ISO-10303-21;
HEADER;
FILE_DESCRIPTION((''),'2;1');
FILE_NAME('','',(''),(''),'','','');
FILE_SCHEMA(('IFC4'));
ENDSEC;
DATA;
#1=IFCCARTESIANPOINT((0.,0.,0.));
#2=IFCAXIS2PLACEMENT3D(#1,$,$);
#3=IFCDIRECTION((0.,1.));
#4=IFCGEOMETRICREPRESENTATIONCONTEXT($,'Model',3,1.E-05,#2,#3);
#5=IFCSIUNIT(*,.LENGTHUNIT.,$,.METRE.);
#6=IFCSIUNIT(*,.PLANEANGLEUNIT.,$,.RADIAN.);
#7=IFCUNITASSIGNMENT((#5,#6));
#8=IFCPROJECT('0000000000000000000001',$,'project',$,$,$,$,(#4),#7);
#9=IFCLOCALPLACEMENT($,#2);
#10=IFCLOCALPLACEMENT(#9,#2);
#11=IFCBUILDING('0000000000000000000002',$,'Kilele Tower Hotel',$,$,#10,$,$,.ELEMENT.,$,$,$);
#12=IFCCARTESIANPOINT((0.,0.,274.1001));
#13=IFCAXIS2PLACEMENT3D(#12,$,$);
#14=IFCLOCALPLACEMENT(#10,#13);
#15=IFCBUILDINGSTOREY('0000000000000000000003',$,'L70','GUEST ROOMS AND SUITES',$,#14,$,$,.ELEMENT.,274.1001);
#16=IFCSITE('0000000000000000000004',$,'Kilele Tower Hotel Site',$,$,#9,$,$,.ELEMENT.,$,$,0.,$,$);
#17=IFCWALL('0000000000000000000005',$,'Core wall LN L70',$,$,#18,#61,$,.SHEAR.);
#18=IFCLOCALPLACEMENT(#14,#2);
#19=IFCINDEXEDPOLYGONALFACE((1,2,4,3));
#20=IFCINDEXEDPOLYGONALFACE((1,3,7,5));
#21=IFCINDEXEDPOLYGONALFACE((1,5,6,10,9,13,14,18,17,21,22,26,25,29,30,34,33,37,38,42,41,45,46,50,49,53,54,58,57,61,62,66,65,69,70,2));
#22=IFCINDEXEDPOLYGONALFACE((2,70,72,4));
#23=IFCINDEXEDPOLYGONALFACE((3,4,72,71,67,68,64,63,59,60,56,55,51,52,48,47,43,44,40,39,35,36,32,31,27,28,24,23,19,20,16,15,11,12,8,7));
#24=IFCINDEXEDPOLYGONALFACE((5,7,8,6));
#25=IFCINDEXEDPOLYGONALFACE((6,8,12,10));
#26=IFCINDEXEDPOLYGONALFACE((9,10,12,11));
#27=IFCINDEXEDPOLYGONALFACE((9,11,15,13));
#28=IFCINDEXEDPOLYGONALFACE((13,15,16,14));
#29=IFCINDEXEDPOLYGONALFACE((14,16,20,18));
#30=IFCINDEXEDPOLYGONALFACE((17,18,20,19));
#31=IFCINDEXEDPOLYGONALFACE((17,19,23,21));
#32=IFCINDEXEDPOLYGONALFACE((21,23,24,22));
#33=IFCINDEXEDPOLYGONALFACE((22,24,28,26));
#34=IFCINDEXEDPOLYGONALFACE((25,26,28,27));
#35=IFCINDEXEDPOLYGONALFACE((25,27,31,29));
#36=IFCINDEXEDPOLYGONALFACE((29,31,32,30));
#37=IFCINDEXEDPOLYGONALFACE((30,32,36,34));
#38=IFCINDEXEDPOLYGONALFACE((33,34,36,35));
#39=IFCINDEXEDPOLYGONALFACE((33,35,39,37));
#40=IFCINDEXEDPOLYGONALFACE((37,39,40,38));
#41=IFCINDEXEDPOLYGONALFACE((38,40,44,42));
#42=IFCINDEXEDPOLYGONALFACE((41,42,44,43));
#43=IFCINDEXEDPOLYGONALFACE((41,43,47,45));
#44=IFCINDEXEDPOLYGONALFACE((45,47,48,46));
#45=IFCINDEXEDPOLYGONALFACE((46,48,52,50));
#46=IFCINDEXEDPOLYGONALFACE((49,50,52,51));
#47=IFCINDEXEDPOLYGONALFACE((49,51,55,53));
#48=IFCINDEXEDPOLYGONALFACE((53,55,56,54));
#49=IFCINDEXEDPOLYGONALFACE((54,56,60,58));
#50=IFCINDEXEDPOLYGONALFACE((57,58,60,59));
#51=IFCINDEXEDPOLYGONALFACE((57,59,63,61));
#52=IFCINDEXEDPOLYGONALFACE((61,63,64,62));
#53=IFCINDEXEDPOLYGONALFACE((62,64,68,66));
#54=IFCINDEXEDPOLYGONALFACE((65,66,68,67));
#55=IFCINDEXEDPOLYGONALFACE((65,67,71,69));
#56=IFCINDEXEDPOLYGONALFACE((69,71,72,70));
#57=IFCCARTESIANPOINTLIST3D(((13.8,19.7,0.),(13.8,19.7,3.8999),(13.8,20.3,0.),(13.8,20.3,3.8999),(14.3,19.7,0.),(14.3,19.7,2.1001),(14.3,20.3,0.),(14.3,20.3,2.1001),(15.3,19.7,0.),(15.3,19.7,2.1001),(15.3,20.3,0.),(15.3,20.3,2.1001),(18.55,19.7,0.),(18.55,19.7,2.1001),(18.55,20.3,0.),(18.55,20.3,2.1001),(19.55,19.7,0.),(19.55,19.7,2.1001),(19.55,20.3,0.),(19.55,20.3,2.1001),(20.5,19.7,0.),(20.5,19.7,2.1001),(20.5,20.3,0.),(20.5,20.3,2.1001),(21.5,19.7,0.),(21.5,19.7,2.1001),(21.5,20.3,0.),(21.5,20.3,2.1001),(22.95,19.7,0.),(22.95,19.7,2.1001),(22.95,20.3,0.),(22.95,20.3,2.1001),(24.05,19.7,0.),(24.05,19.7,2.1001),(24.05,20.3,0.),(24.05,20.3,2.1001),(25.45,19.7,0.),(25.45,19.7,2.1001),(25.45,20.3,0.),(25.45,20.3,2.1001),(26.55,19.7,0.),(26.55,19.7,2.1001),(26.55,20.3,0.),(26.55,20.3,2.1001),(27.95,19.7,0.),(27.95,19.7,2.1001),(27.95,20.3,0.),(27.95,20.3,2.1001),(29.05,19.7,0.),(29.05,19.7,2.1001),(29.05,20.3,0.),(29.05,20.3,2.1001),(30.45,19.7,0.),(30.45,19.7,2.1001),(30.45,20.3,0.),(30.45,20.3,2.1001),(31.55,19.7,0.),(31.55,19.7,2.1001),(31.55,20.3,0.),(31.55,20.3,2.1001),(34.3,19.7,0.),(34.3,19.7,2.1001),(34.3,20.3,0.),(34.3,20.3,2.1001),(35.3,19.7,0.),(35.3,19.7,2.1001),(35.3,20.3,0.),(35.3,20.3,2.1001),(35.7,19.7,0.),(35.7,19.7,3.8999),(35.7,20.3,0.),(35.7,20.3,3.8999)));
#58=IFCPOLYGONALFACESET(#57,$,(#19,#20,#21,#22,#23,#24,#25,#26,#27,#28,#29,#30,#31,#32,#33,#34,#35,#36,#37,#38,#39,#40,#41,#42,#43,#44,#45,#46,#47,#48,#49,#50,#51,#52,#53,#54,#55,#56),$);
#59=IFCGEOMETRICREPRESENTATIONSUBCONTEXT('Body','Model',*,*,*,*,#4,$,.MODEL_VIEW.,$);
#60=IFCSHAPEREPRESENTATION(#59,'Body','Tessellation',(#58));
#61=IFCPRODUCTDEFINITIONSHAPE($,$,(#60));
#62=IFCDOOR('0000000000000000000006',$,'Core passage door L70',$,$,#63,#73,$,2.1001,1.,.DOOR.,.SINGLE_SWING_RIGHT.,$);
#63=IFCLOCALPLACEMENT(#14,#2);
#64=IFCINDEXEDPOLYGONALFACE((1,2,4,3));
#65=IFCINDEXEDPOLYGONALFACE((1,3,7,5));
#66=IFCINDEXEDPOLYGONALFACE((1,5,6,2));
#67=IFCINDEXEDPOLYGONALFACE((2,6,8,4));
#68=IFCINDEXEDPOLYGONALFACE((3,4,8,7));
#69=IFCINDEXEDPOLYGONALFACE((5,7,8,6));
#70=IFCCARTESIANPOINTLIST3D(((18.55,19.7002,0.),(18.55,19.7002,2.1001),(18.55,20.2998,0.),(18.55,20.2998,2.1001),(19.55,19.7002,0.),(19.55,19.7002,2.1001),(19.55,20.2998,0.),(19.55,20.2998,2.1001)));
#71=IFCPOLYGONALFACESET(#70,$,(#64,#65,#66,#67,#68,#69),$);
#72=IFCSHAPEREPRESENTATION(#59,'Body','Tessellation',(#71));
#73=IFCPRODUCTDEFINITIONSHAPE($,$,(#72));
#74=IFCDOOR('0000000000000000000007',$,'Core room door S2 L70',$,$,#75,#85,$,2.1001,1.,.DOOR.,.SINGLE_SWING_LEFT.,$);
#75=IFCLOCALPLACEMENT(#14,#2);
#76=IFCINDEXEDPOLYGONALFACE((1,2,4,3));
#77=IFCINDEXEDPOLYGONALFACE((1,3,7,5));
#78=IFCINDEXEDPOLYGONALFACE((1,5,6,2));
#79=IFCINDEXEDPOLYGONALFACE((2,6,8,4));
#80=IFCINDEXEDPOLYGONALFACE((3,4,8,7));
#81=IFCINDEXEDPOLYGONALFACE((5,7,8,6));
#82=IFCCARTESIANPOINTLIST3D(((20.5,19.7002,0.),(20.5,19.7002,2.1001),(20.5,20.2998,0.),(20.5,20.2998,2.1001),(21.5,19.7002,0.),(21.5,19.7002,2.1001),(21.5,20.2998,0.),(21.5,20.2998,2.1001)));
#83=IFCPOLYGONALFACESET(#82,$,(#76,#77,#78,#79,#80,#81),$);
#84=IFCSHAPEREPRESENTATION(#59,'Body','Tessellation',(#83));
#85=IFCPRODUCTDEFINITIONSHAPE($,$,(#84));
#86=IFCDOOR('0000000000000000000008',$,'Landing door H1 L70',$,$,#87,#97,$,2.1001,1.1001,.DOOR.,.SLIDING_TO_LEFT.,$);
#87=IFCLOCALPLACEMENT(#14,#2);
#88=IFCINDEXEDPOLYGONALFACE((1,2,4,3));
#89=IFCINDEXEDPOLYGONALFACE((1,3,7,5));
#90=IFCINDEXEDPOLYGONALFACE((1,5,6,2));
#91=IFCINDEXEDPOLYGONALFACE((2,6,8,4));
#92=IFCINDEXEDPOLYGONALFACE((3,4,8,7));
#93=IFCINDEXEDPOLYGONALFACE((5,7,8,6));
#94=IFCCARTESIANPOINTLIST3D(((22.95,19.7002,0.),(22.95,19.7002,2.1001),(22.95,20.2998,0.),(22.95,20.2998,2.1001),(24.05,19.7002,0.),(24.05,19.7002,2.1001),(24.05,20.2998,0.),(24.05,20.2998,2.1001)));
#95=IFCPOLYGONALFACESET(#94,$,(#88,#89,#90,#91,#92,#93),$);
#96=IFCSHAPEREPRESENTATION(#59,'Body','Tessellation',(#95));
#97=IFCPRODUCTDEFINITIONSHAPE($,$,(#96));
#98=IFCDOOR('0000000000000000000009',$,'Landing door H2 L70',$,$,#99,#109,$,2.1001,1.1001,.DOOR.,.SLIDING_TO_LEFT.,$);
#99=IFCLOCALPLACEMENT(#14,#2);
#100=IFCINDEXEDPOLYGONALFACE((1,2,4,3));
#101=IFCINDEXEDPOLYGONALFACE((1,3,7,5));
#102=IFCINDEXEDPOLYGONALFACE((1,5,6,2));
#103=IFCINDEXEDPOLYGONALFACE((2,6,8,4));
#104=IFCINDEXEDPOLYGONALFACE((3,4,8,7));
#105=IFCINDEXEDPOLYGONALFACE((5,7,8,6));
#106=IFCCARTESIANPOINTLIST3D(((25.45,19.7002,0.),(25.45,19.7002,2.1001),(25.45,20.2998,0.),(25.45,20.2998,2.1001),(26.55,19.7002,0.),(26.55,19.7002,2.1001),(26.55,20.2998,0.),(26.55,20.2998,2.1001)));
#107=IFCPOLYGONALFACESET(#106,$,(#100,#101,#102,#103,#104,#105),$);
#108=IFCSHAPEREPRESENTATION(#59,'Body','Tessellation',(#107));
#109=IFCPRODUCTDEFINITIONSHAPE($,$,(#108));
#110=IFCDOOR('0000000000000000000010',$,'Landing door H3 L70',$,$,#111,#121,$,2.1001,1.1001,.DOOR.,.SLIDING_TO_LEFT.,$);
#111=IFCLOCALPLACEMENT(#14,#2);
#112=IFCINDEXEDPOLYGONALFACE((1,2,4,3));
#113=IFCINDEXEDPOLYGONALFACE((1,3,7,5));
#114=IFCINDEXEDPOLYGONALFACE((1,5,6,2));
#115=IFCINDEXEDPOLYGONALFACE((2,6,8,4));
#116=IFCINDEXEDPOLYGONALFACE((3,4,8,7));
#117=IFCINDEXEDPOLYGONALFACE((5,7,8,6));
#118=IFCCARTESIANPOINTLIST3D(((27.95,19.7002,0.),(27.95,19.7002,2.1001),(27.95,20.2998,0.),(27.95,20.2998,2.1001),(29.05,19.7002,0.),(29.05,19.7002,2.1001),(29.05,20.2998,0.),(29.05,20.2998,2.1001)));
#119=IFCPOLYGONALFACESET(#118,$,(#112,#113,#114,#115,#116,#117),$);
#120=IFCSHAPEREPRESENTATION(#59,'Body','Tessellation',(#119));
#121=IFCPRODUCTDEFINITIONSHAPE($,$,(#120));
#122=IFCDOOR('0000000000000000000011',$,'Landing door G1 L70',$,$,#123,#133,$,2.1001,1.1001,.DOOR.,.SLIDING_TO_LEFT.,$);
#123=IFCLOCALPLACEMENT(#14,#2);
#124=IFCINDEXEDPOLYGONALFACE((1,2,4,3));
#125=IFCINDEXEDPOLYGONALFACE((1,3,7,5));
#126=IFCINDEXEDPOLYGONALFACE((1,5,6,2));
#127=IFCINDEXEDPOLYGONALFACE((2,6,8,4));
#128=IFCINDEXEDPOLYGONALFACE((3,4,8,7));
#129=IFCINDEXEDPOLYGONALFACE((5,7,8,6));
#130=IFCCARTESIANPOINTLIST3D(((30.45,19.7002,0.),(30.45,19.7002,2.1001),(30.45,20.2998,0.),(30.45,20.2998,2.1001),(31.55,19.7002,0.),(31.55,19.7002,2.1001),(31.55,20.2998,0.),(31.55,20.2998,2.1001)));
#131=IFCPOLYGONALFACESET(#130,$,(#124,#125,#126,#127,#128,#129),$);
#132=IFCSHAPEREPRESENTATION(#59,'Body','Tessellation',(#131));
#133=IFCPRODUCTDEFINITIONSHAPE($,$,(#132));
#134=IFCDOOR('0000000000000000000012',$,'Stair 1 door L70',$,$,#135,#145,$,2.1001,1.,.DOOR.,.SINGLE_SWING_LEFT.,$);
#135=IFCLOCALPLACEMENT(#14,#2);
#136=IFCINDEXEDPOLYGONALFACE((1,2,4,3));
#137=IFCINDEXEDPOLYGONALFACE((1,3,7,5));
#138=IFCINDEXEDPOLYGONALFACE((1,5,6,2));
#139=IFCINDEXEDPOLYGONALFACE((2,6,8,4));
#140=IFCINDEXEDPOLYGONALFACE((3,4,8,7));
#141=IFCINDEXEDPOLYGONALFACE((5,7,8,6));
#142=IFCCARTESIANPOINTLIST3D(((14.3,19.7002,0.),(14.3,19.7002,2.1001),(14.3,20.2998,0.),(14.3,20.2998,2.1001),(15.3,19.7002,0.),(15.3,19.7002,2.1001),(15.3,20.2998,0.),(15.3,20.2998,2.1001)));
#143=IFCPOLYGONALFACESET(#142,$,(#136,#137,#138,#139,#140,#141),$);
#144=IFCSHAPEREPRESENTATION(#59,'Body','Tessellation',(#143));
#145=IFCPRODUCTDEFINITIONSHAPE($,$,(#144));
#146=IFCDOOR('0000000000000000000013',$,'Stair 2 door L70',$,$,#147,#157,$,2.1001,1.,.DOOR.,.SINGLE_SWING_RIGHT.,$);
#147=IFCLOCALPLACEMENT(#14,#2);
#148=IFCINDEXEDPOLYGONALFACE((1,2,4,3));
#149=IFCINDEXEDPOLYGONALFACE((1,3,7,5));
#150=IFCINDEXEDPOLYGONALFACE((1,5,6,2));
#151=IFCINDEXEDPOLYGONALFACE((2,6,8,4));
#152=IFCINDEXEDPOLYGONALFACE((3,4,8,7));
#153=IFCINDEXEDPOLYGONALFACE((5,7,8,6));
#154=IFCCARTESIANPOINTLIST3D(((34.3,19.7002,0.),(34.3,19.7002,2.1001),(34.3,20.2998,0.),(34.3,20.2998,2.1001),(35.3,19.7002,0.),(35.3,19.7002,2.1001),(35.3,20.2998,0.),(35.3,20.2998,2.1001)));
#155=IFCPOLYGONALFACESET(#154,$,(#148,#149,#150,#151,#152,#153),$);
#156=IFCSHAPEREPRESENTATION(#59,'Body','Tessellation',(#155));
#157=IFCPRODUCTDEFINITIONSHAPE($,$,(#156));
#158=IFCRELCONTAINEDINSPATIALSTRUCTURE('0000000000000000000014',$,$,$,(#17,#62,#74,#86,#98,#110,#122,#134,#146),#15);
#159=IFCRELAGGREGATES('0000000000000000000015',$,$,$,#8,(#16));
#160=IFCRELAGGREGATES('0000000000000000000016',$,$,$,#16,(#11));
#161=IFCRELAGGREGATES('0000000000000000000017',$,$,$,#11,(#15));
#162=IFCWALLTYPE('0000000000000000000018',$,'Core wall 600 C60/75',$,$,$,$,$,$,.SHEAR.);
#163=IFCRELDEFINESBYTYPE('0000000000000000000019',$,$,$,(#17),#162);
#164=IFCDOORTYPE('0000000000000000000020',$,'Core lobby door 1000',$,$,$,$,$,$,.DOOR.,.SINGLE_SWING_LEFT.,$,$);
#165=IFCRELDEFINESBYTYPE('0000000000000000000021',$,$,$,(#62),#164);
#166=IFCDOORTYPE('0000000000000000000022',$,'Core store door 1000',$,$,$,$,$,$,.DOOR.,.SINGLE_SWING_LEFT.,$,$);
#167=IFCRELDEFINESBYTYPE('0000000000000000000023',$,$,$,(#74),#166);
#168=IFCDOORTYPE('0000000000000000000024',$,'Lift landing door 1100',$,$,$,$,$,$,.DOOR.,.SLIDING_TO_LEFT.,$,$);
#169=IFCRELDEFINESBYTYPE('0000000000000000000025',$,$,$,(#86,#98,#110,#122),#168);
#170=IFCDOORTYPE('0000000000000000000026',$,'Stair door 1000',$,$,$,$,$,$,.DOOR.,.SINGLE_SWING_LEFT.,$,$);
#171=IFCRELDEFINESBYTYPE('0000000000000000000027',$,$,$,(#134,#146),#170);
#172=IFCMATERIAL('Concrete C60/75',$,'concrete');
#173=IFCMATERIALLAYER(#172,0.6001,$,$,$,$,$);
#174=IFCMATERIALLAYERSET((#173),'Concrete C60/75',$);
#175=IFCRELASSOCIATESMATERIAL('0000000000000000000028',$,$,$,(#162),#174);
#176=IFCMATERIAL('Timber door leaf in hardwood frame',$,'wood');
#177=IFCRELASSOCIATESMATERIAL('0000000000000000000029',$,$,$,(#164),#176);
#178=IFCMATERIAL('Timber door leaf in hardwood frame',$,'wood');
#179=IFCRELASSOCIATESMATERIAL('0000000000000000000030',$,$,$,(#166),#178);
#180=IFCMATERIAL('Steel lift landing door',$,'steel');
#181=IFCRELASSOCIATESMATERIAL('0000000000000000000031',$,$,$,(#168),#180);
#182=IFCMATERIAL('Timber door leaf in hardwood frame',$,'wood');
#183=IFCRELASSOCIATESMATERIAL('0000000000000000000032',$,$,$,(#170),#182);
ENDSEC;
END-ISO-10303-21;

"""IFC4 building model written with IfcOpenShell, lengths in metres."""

from ifc_helpers import new_model, si_unit, direction, frame, frame_2d, origin, place, context, subcontext, project, spatial, rectangle, extrude, material, layer, layer_set, type_object, element, fill, save


model = new_model("IFC4")

# Units and contexts
model_context = context("Model", 3, precision=1e-05, world=origin(), true_north=direction((0.0, 1.0)))
body_context = subcontext(model_context, "Body", "Model", "MODEL_VIEW")
ifc_project = project(units=[si_unit("LENGTHUNIT", "METRE"), si_unit("PLANEANGLEUNIT", "RADIAN")], contexts=[model_context])

# Site, building, storey
site_placement = place(None, origin())
site = spatial("IfcSite", under=ifc_project, at=site_placement, Name="Kilele Tower Hotel Site", CompositionType="ELEMENT", RefElevation=0.0)
building_placement = place(site_placement, origin())
building = spatial("IfcBuilding", under=site, at=building_placement, Name="Kilele Tower Hotel", CompositionType="ELEMENT")
storey_placement = place(building_placement, frame((0.0, 0.0, 274.1001)))
storey = spatial("IfcBuildingStorey", under=building, at=storey_placement, Name="L70", Description="GUEST ROOMS AND SUITES", CompositionType="ELEMENT", Elevation=274.1001)

# Wall, openings, doors
ifc_material_1 = material(Name="Concrete C60/75", Category="concrete")
ifc_layer_1 = layer(ifc_material_1, 0.6001)
ifc_layer_set_1 = layer_set([ifc_layer_1], Name="Concrete C60/75")
wall_type_1 = type_object("IfcWallType", Name="Core wall 600 C60/75", PredefinedType="SHEAR", material=ifc_layer_set_1)
wall_1_placement = place(storey_placement, frame((13.8, 20.0, 0.0), z_axis=(0.0, 0.0, 1.0), x_axis=(1.0, 0.0, 0.0)))
wall_1 = element("IfcWall", 1, at=wall_1_placement, inside=storey, type_object=wall_type_1, Name="Core wall LN L70", PredefinedType="SHEAR", context=body_context, shape_type="SweptSolid", body=[
    extrude(rectangle(XDim=21.8999, YDim=0.6001, at=frame_2d((10.95, 0.0))), origin(), (0.0, 0.0, 1.0), 3.8999),
])
opening_1_placement = place(wall_1_placement, frame((0.5, 0.0, 0.0)))
opening_1 = element("IfcOpeningElement", 2, at=opening_1_placement, cuts=wall_1, PredefinedType="OPENING", context=body_context, shape_type="SweptSolid", body=[
    extrude(rectangle(XDim=1.0, YDim=2.1001, at=frame_2d((0.5, 1.05))), frame((0.0, 0.3101, 0.0), z_axis=(0.0, -1.0, 0.0), x_axis=(1.0, 0.0, 0.0)), (0.0, 0.0, 1.0), 0.6201),
])
opening_2_placement = place(wall_1_placement, frame((20.5, 0.0, 0.0)))
opening_2 = element("IfcOpeningElement", 3, at=opening_2_placement, cuts=wall_1, PredefinedType="OPENING", context=body_context, shape_type="SweptSolid", body=[
    extrude(rectangle(XDim=1.0, YDim=2.1001, at=frame_2d((0.5, 1.05))), frame((0.0, 0.3101, 0.0), z_axis=(0.0, -1.0, 0.0), x_axis=(1.0, 0.0, 0.0)), (0.0, 0.0, 1.0), 0.6201),
])
opening_3_placement = place(wall_1_placement, frame((9.1499, 0.0, 0.0)))
opening_3 = element("IfcOpeningElement", 4, at=opening_3_placement, cuts=wall_1, PredefinedType="OPENING", context=body_context, shape_type="SweptSolid", body=[
    extrude(rectangle(XDim=1.1001, YDim=2.1001, at=frame_2d((0.55, 1.05))), frame((0.0, 0.3101, 0.0), z_axis=(0.0, -1.0, 0.0), x_axis=(1.0, 0.0, 0.0)), (0.0, 0.0, 1.0), 0.6201),
])
opening_4_placement = place(wall_1_placement, frame((11.6499, 0.0, 0.0)))
opening_4 = element("IfcOpeningElement", 5, at=opening_4_placement, cuts=wall_1, PredefinedType="OPENING", context=body_context, shape_type="SweptSolid", body=[
    extrude(rectangle(XDim=1.1001, YDim=2.1001, at=frame_2d((0.55, 1.05))), frame((0.0, 0.3101, 0.0), z_axis=(0.0, -1.0, 0.0), x_axis=(1.0, 0.0, 0.0)), (0.0, 0.0, 1.0), 0.6201),
])
opening_5_placement = place(wall_1_placement, frame((14.1499, 0.0, 0.0)))
opening_5 = element("IfcOpeningElement", 6, at=opening_5_placement, cuts=wall_1, PredefinedType="OPENING", context=body_context, shape_type="SweptSolid", body=[
    extrude(rectangle(XDim=1.1001, YDim=2.1001, at=frame_2d((0.55, 1.05))), frame((0.0, 0.3101, 0.0), z_axis=(0.0, -1.0, 0.0), x_axis=(1.0, 0.0, 0.0)), (0.0, 0.0, 1.0), 0.6201),
])
opening_6_placement = place(wall_1_placement, frame((16.6499, 0.0, 0.0)))
opening_6 = element("IfcOpeningElement", 7, at=opening_6_placement, cuts=wall_1, PredefinedType="OPENING", context=body_context, shape_type="SweptSolid", body=[
    extrude(rectangle(XDim=1.1001, YDim=2.1001, at=frame_2d((0.55, 1.05))), frame((0.0, 0.3101, 0.0), z_axis=(0.0, -1.0, 0.0), x_axis=(1.0, 0.0, 0.0)), (0.0, 0.0, 1.0), 0.6201),
])
opening_7_placement = place(wall_1_placement, frame((5.75, 0.0, 0.0), z_axis=(0.0, 0.0, 1.0), x_axis=(-1.0, 0.0, 0.0)))
opening_7 = element("IfcOpeningElement", 8, at=opening_7_placement, cuts=wall_1, PredefinedType="OPENING", context=body_context, shape_type="SweptSolid", body=[
    extrude(rectangle(XDim=1.0, YDim=2.1001, at=frame_2d((0.5, 1.05))), frame((0.0, 0.3101, 0.0), z_axis=(0.0, -1.0, 0.0), x_axis=(1.0, 0.0, 0.0)), (0.0, 0.0, 1.0), 0.6201),
])
opening_8_placement = place(wall_1_placement, frame((6.7, 0.0, 0.0)))
opening_8 = element("IfcOpeningElement", 9, at=opening_8_placement, cuts=wall_1, PredefinedType="OPENING", context=body_context, shape_type="SweptSolid", body=[
    extrude(rectangle(XDim=1.0, YDim=2.1001, at=frame_2d((0.5, 1.05))), frame((0.0, 0.3101, 0.0), z_axis=(0.0, -1.0, 0.0), x_axis=(1.0, 0.0, 0.0)), (0.0, 0.0, 1.0), 0.6201),
])
ifc_material_2 = material(Name="Timber door leaf in hardwood frame", Category="wood")
door_type_1 = type_object("IfcDoorType", Name="Core lobby door 1000", OperationType="SINGLE_SWING_LEFT", PredefinedType="DOOR", material=ifc_material_2)
door_1_placement = place(opening_7_placement, origin())
door_1 = element("IfcDoor", 10, at=door_1_placement, inside=storey, type_object=door_type_1, Name="Core passage door L70", OperationType="SINGLE_SWING_RIGHT", OverallHeight=2.1001, OverallWidth=1.0, PredefinedType="DOOR", context=body_context, shape_type="SweptSolid", body=[
    extrude(rectangle(XDim=1.0, YDim=2.1001, at=frame_2d((0.5, 1.05))), frame((0.0, 0.2998, 0.0), z_axis=(0.0, -1.0, 0.0), x_axis=(1.0, 0.0, 0.0)), (0.0, 0.0, 1.0), 0.5996),
])
fill(opening_7, door_1)
ifc_material_3 = material(Name="Timber door leaf in hardwood frame", Category="wood")
door_type_2 = type_object("IfcDoorType", Name="Core store door 1000", OperationType="SINGLE_SWING_LEFT", PredefinedType="DOOR", material=ifc_material_3)
door_2_placement = place(opening_8_placement, origin())
door_2 = element("IfcDoor", 11, at=door_2_placement, inside=storey, type_object=door_type_2, Name="Core room door S2 L70", OperationType="SINGLE_SWING_LEFT", OverallHeight=2.1001, OverallWidth=1.0, PredefinedType="DOOR", context=body_context, shape_type="SweptSolid", body=[
    extrude(rectangle(XDim=1.0, YDim=2.1001, at=frame_2d((0.5, 1.05))), frame((0.0, 0.2998, 0.0), z_axis=(0.0, -1.0, 0.0), x_axis=(1.0, 0.0, 0.0)), (0.0, 0.0, 1.0), 0.5996),
])
fill(opening_8, door_2)
ifc_material_4 = material(Name="Steel lift landing door", Category="steel")
door_type_3 = type_object("IfcDoorType", Name="Lift landing door 1100", OperationType="SLIDING_TO_LEFT", PredefinedType="DOOR", material=ifc_material_4)
door_3_placement = place(opening_3_placement, origin())
door_3 = element("IfcDoor", 12, at=door_3_placement, inside=storey, type_object=door_type_3, Name="Landing door H1 L70", OperationType="SLIDING_TO_LEFT", OverallHeight=2.1001, OverallWidth=1.1001, PredefinedType="DOOR", context=body_context, shape_type="SweptSolid", body=[
    extrude(rectangle(XDim=1.1001, YDim=2.1001, at=frame_2d((0.55, 1.05))), frame((0.0, 0.2998, 0.0), z_axis=(0.0, -1.0, 0.0), x_axis=(1.0, 0.0, 0.0)), (0.0, 0.0, 1.0), 0.5996),
])
fill(opening_3, door_3)
door_4_placement = place(opening_4_placement, origin())
door_4 = element("IfcDoor", 13, at=door_4_placement, inside=storey, type_object=door_type_3, Name="Landing door H2 L70", OperationType="SLIDING_TO_LEFT", OverallHeight=2.1001, OverallWidth=1.1001, PredefinedType="DOOR", context=body_context, shape_type="SweptSolid", body=[
    extrude(rectangle(XDim=1.1001, YDim=2.1001, at=frame_2d((0.55, 1.05))), frame((0.0, 0.2998, 0.0), z_axis=(0.0, -1.0, 0.0), x_axis=(1.0, 0.0, 0.0)), (0.0, 0.0, 1.0), 0.5996),
])
fill(opening_4, door_4)
door_5_placement = place(opening_5_placement, origin())
door_5 = element("IfcDoor", 14, at=door_5_placement, inside=storey, type_object=door_type_3, Name="Landing door H3 L70", OperationType="SLIDING_TO_LEFT", OverallHeight=2.1001, OverallWidth=1.1001, PredefinedType="DOOR", context=body_context, shape_type="SweptSolid", body=[
    extrude(rectangle(XDim=1.1001, YDim=2.1001, at=frame_2d((0.55, 1.05))), frame((0.0, 0.2998, 0.0), z_axis=(0.0, -1.0, 0.0), x_axis=(1.0, 0.0, 0.0)), (0.0, 0.0, 1.0), 0.5996),
])
fill(opening_5, door_5)
door_6_placement = place(opening_6_placement, origin())
door_6 = element("IfcDoor", 15, at=door_6_placement, inside=storey, type_object=door_type_3, Name="Landing door G1 L70", OperationType="SLIDING_TO_LEFT", OverallHeight=2.1001, OverallWidth=1.1001, PredefinedType="DOOR", context=body_context, shape_type="SweptSolid", body=[
    extrude(rectangle(XDim=1.1001, YDim=2.1001, at=frame_2d((0.55, 1.05))), frame((0.0, 0.2998, 0.0), z_axis=(0.0, -1.0, 0.0), x_axis=(1.0, 0.0, 0.0)), (0.0, 0.0, 1.0), 0.5996),
])
fill(opening_6, door_6)
ifc_material_5 = material(Name="Timber door leaf in hardwood frame", Category="wood")
door_type_4 = type_object("IfcDoorType", Name="Stair door 1000", OperationType="SINGLE_SWING_LEFT", PredefinedType="DOOR", material=ifc_material_5)
door_7_placement = place(opening_1_placement, origin())
door_7 = element("IfcDoor", 16, at=door_7_placement, inside=storey, type_object=door_type_4, Name="Stair 1 door L70", OperationType="SINGLE_SWING_LEFT", OverallHeight=2.1001, OverallWidth=1.0, PredefinedType="DOOR", context=body_context, shape_type="SweptSolid", body=[
    extrude(rectangle(XDim=1.0, YDim=2.1001, at=frame_2d((0.5, 1.05))), frame((0.0, 0.2998, 0.0), z_axis=(0.0, -1.0, 0.0), x_axis=(1.0, 0.0, 0.0)), (0.0, 0.0, 1.0), 0.5996),
])
fill(opening_1, door_7)
door_8_placement = place(opening_2_placement, origin())
door_8 = element("IfcDoor", 17, at=door_8_placement, inside=storey, type_object=door_type_4, Name="Stair 2 door L70", OperationType="SINGLE_SWING_RIGHT", OverallHeight=2.1001, OverallWidth=1.0, PredefinedType="DOOR", context=body_context, shape_type="SweptSolid", body=[
    extrude(rectangle(XDim=1.0, YDim=2.1001, at=frame_2d((0.5, 1.05))), frame((0.0, 0.2998, 0.0), z_axis=(0.0, -1.0, 0.0), x_axis=(1.0, 0.0, 0.0)), (0.0, 0.0, 1.0), 0.5996),
])
fill(opening_2, door_8)

save(model, "model.ifc")
